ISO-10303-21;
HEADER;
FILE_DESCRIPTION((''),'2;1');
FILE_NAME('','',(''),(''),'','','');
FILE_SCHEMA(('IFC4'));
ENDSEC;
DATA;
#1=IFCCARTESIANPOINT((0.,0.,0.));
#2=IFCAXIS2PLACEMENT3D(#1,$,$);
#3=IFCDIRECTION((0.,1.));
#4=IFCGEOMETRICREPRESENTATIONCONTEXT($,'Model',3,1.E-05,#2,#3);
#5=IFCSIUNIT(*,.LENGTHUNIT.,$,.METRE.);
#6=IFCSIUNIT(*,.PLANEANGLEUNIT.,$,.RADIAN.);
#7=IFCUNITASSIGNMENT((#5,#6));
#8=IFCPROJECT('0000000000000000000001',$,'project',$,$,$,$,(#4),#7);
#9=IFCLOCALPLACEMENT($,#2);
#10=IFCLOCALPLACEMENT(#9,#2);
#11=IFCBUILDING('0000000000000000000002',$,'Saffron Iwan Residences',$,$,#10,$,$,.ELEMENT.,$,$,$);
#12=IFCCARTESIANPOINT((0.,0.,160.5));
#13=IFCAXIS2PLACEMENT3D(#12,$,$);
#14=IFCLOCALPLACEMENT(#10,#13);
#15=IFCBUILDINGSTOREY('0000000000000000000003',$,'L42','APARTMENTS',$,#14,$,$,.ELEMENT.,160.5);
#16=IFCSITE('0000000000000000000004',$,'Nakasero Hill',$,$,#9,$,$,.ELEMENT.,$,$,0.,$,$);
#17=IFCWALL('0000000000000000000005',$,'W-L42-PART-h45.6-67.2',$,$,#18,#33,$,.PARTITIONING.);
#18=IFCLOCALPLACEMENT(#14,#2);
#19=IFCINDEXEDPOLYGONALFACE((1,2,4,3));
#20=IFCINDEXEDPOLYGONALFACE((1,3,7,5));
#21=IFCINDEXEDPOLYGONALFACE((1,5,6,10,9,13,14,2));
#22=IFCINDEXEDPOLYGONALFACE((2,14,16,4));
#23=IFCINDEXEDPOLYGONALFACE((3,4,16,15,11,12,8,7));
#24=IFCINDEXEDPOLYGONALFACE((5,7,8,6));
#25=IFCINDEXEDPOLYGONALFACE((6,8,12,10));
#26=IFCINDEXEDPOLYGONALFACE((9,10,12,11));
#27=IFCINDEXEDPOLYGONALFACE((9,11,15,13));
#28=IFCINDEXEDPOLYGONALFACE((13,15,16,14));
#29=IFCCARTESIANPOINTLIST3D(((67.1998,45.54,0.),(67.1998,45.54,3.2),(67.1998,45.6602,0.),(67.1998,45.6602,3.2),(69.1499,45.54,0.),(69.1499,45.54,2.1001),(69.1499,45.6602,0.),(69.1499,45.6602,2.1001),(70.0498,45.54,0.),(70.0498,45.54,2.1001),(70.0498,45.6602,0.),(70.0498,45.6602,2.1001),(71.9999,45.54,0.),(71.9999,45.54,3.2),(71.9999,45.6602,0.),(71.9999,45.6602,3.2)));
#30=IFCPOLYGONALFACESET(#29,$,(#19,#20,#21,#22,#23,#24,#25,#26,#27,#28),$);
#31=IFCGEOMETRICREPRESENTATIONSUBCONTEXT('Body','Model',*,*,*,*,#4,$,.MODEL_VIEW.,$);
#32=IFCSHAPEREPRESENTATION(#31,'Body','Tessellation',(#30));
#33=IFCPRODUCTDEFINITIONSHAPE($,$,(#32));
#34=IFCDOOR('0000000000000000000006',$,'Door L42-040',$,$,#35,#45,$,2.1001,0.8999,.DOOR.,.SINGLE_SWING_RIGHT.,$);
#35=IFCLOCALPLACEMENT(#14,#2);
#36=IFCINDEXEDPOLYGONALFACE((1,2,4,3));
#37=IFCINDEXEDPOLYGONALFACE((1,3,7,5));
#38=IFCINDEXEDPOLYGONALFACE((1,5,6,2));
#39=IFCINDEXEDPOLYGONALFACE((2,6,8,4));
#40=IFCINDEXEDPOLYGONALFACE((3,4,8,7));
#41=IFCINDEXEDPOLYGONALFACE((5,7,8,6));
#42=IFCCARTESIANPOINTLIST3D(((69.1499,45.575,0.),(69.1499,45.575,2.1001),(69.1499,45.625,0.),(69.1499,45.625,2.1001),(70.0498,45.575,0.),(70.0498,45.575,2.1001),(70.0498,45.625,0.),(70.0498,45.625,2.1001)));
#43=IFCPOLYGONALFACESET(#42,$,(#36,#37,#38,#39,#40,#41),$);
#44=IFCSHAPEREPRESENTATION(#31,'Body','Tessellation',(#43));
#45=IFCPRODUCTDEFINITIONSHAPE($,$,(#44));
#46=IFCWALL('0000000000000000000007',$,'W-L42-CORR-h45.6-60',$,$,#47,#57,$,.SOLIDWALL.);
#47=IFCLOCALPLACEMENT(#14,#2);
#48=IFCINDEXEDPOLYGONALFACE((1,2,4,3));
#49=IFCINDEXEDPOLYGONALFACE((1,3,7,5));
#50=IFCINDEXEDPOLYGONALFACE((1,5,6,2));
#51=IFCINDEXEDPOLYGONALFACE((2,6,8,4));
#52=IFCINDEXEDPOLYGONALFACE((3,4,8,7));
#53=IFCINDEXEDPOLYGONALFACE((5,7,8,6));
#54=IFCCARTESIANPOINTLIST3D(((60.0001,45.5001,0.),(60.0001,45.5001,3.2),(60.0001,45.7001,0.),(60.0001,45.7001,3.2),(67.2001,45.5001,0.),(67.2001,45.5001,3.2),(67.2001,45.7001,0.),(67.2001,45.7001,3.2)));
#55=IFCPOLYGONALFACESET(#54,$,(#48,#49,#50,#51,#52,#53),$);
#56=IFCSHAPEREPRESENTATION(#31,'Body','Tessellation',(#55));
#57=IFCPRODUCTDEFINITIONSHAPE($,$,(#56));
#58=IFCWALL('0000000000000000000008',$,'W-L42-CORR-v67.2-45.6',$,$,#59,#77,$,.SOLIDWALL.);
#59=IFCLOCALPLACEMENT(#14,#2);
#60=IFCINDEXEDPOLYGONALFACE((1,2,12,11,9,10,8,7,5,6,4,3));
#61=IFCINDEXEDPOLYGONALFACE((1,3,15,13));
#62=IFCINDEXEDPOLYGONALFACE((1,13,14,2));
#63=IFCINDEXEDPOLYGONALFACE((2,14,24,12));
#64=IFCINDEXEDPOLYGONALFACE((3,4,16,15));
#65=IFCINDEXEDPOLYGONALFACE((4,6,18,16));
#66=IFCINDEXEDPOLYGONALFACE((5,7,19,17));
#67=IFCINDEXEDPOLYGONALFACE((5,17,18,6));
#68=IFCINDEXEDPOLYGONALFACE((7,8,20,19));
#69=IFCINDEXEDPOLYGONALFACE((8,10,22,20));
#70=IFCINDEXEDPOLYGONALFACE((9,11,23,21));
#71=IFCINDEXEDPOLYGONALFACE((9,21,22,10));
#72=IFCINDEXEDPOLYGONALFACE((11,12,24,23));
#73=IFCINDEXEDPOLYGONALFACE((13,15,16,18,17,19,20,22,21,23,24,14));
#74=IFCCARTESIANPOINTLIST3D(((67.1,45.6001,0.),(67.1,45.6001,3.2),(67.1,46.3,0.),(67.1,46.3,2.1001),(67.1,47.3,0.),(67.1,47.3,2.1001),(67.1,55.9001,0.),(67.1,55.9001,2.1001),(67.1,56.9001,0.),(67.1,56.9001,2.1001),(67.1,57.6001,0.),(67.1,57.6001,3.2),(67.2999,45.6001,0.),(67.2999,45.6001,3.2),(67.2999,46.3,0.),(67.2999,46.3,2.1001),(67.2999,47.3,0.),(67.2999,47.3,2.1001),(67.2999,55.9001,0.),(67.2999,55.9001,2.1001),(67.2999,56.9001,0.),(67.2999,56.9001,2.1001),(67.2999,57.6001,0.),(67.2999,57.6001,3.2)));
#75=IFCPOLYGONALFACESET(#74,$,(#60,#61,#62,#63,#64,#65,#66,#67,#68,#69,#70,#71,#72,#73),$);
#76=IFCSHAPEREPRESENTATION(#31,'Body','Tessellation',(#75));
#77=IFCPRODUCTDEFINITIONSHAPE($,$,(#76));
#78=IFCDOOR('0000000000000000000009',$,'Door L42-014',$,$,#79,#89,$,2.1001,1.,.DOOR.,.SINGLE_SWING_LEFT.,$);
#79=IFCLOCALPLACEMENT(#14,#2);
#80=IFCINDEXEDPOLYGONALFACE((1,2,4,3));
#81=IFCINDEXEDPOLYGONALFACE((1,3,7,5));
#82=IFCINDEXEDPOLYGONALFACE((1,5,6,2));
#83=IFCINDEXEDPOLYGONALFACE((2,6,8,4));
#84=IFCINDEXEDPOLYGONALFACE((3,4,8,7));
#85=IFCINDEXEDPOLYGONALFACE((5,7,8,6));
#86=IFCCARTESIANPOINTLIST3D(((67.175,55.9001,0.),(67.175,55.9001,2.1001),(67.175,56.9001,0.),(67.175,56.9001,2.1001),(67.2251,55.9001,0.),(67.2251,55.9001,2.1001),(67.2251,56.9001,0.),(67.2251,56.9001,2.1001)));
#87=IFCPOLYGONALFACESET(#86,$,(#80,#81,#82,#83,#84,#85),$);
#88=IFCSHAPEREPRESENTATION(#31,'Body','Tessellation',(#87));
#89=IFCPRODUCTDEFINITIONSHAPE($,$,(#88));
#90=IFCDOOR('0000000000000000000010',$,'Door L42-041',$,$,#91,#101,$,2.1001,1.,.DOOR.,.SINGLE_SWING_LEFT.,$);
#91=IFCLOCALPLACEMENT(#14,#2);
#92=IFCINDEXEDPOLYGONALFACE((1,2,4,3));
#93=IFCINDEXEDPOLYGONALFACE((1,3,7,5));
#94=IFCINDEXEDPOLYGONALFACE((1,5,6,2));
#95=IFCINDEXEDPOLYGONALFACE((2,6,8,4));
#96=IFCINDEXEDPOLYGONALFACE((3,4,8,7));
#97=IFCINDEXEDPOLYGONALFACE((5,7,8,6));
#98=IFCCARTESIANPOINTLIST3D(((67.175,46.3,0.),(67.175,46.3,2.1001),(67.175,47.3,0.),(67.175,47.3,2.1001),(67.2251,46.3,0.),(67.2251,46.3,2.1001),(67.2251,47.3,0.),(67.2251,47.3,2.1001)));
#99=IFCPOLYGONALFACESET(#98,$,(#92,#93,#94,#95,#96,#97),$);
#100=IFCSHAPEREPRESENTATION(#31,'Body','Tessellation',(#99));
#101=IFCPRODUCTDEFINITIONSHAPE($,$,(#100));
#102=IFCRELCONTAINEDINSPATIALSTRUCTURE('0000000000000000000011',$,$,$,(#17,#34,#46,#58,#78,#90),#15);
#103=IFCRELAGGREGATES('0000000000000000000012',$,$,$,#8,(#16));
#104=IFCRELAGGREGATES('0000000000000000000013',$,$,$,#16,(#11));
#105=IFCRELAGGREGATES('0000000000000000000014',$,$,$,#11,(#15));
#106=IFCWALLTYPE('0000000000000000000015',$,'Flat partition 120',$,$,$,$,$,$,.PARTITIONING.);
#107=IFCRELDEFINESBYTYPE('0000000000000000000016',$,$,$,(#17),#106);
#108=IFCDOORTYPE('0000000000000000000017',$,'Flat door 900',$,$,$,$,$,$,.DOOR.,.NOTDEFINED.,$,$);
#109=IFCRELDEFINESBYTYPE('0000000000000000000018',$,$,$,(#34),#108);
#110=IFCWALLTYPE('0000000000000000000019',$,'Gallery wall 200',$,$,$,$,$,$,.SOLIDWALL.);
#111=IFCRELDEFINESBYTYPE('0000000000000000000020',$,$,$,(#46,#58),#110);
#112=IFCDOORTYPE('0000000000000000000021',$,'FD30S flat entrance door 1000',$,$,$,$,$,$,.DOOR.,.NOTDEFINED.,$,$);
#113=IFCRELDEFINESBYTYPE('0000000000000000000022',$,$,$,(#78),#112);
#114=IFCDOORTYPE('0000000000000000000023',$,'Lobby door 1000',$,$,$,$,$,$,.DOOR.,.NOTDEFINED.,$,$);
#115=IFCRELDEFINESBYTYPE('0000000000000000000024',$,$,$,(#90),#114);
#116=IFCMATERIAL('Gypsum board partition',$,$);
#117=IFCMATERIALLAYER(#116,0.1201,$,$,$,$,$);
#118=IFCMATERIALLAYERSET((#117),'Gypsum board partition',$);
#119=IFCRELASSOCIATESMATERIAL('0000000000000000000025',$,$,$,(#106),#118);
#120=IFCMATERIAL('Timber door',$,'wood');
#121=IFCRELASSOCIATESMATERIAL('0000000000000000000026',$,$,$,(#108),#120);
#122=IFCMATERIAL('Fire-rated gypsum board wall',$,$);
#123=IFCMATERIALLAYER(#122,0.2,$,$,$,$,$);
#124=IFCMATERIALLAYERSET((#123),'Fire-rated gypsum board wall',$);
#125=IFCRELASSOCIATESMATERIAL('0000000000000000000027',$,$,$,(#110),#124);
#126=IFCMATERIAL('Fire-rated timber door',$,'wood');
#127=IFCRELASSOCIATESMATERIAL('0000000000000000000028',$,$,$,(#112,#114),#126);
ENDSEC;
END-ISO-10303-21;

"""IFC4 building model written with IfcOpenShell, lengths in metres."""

from ifc_helpers import new_model, si_unit, direction, frame, frame_2d, origin, place, context, subcontext, project, spatial, rectangle, extrude, material, layer, layer_set, type_object, element, fill, save


model = new_model("IFC4")

# Units and contexts
model_context = context("Model", 3, precision=1e-05, world=origin(), true_north=direction((0.0, 1.0)))
body_context = subcontext(model_context, "Body", "Model", "MODEL_VIEW")
ifc_project = project(units=[si_unit("LENGTHUNIT", "METRE"), si_unit("PLANEANGLEUNIT", "RADIAN")], contexts=[model_context])

# Site, building, storey
site_placement = place(None, origin())
site = spatial("IfcSite", under=ifc_project, at=site_placement, Name="Nakasero Hill", CompositionType="ELEMENT", RefElevation=0.0)
building_placement = place(site_placement, origin())
building = spatial("IfcBuilding", under=site, at=building_placement, Name="Saffron Iwan Residences", CompositionType="ELEMENT")
storey_placement = place(building_placement, frame((0.0, 0.0, 160.5)))
storey = spatial("IfcBuildingStorey", under=building, at=storey_placement, Name="L42", Description="APARTMENTS", CompositionType="ELEMENT", Elevation=160.5)

# Shared definitions
ifc_material_1 = material(Name="Gypsum board partition")
ifc_layer_1 = layer(ifc_material_1, 0.1201)
ifc_layer_set_1 = layer_set([ifc_layer_1], Name="Gypsum board partition")
wall_type_1 = type_object("IfcWallType", Name="Flat partition 120", PredefinedType="PARTITIONING", material=ifc_layer_set_1)
ifc_material_2 = material(Name="Timber door", Category="wood")
door_type_1 = type_object("IfcDoorType", Name="Flat door 900", OperationType="NOTDEFINED", PredefinedType="DOOR", material=ifc_material_2)

# Wall, opening, door
wall_1_placement = place(storey_placement, frame((67.2, 45.6001, 0.0), z_axis=(0.0, 0.0, 1.0), x_axis=(1.0, 0.0, 0.0)))
wall_1 = element("IfcWall", 1, at=wall_1_placement, inside=storey, type_object=wall_type_1, Name="W-L42-PART-h45.6-67.2", PredefinedType="PARTITIONING", context=body_context, shape_type="SweptSolid", body=[
    extrude(rectangle(XDim=4.8, YDim=0.1201, at=frame_2d((2.3999, 0.0))), origin(), (0.0, 0.0, 1.0), 3.2),
])
opening_1_placement = place(wall_1_placement, frame((1.95, 0.0, 0.0)))
opening_1 = element("IfcOpeningElement", 2, at=opening_1_placement, cuts=wall_1, PredefinedType="OPENING", context=body_context, shape_type="SweptSolid", body=[
    extrude(rectangle(XDim=0.8999, YDim=2.1001, at=frame_2d((0.45, 1.05))), frame((0.0, 0.0701, 0.0), z_axis=(0.0, -1.0, 0.0), x_axis=(1.0, 0.0, 0.0)), (0.0, 0.0, 1.0), 0.1401),
])
door_1_placement = place(opening_1_placement, origin())
door_1 = element("IfcDoor", 3, at=door_1_placement, inside=storey, type_object=door_type_1, Name="Door L42-040", OperationType="SINGLE_SWING_RIGHT", OverallHeight=2.1001, OverallWidth=0.8999, PredefinedType="DOOR", context=body_context, shape_type="SweptSolid", body=[
    extrude(rectangle(XDim=0.8999, YDim=2.1001, at=frame_2d((0.45, 1.05))), frame((0.0, 0.0249, 0.0), z_axis=(0.0, -1.0, 0.0), x_axis=(1.0, 0.0, 0.0)), (0.0, 0.0, 1.0), 0.05),
])
fill(opening_1, door_1)

# Wall
ifc_material_3 = material(Name="Fire-rated gypsum board wall")
ifc_layer_2 = layer(ifc_material_3, 0.2)
ifc_layer_set_2 = layer_set([ifc_layer_2], Name="Fire-rated gypsum board wall")
wall_type_2 = type_object("IfcWallType", Name="Gallery wall 200", PredefinedType="SOLIDWALL", material=ifc_layer_set_2)
wall_2_placement = place(storey_placement, frame((60.0, 45.6001, 0.0), z_axis=(0.0, 0.0, 1.0), x_axis=(1.0, 0.0, 0.0)))
element("IfcWall", 4, at=wall_2_placement, inside=storey, type_object=wall_type_2, Name="W-L42-CORR-h45.6-60", PredefinedType="SOLIDWALL", context=body_context, shape_type="SweptSolid", body=[
    extrude(rectangle(XDim=7.2, YDim=0.2, at=frame_2d((3.6001, 0.0))), origin(), (0.0, 0.0, 1.0), 3.2),
])

# Wall, openings, doors
wall_3_placement = place(storey_placement, frame((67.2, 45.6001, 0.0), z_axis=(0.0, 0.0, 1.0), x_axis=(0.0, 1.0, 0.0)))
wall_3 = element("IfcWall", 5, at=wall_3_placement, inside=storey, type_object=wall_type_2, Name="W-L42-CORR-v67.2-45.6", PredefinedType="SOLIDWALL", context=body_context, shape_type="SweptSolid", body=[
    extrude(rectangle(XDim=12.0, YDim=0.2, at=frame_2d((6.0, 0.0))), origin(), (0.0, 0.0, 1.0), 3.2),
])
opening_2_placement = place(wall_3_placement, frame((10.3, 0.0, 0.0)))
opening_2 = element("IfcOpeningElement", 6, at=opening_2_placement, cuts=wall_3, PredefinedType="OPENING", context=body_context, shape_type="SweptSolid", body=[
    extrude(rectangle(XDim=1.0, YDim=2.1001, at=frame_2d((0.5, 1.05))), frame((0.0, 0.1099, 0.0), z_axis=(0.0, -1.0, 0.0), x_axis=(1.0, 0.0, 0.0)), (0.0, 0.0, 1.0), 0.22),
])
opening_3_placement = place(wall_3_placement, frame((0.7, 0.0, 0.0)))
opening_3 = element("IfcOpeningElement", 7, at=opening_3_placement, cuts=wall_3, PredefinedType="OPENING", context=body_context, shape_type="SweptSolid", body=[
    extrude(rectangle(XDim=1.0, YDim=2.1001, at=frame_2d((0.5, 1.05))), frame((0.0, 0.1099, 0.0), z_axis=(0.0, -1.0, 0.0), x_axis=(1.0, 0.0, 0.0)), (0.0, 0.0, 1.0), 0.22),
])
ifc_material_4 = material(Name="Fire-rated timber door", Category="wood")
door_type_2 = type_object("IfcDoorType", Name="FD30S flat entrance door 1000", OperationType="NOTDEFINED", PredefinedType="DOOR", material=ifc_material_4)
door_2_placement = place(opening_2_placement, origin())
door_2 = element("IfcDoor", 8, at=door_2_placement, inside=storey, type_object=door_type_2, Name="Door L42-014", OperationType="SINGLE_SWING_LEFT", OverallHeight=2.1001, OverallWidth=1.0, PredefinedType="DOOR", context=body_context, shape_type="SweptSolid", body=[
    extrude(rectangle(XDim=1.0, YDim=2.1001, at=frame_2d((0.5, 1.05))), frame((0.0, 0.0249, 0.0), z_axis=(0.0, -1.0, 0.0), x_axis=(1.0, 0.0, 0.0)), (0.0, 0.0, 1.0), 0.05),
])
fill(opening_2, door_2)
door_type_3 = type_object("IfcDoorType", Name="Lobby door 1000", OperationType="NOTDEFINED", PredefinedType="DOOR", material=ifc_material_4)
door_3_placement = place(opening_3_placement, origin())
door_3 = element("IfcDoor", 9, at=door_3_placement, inside=storey, type_object=door_type_3, Name="Door L42-041", OperationType="SINGLE_SWING_LEFT", OverallHeight=2.1001, OverallWidth=1.0, PredefinedType="DOOR", context=body_context, shape_type="SweptSolid", body=[
    extrude(rectangle(XDim=1.0, YDim=2.1001, at=frame_2d((0.5, 1.05))), frame((0.0, 0.0249, 0.0), z_axis=(0.0, -1.0, 0.0), x_axis=(1.0, 0.0, 0.0)), (0.0, 0.0, 1.0), 0.05),
])
fill(opening_3, door_3)

save(model, "model.ifc")
